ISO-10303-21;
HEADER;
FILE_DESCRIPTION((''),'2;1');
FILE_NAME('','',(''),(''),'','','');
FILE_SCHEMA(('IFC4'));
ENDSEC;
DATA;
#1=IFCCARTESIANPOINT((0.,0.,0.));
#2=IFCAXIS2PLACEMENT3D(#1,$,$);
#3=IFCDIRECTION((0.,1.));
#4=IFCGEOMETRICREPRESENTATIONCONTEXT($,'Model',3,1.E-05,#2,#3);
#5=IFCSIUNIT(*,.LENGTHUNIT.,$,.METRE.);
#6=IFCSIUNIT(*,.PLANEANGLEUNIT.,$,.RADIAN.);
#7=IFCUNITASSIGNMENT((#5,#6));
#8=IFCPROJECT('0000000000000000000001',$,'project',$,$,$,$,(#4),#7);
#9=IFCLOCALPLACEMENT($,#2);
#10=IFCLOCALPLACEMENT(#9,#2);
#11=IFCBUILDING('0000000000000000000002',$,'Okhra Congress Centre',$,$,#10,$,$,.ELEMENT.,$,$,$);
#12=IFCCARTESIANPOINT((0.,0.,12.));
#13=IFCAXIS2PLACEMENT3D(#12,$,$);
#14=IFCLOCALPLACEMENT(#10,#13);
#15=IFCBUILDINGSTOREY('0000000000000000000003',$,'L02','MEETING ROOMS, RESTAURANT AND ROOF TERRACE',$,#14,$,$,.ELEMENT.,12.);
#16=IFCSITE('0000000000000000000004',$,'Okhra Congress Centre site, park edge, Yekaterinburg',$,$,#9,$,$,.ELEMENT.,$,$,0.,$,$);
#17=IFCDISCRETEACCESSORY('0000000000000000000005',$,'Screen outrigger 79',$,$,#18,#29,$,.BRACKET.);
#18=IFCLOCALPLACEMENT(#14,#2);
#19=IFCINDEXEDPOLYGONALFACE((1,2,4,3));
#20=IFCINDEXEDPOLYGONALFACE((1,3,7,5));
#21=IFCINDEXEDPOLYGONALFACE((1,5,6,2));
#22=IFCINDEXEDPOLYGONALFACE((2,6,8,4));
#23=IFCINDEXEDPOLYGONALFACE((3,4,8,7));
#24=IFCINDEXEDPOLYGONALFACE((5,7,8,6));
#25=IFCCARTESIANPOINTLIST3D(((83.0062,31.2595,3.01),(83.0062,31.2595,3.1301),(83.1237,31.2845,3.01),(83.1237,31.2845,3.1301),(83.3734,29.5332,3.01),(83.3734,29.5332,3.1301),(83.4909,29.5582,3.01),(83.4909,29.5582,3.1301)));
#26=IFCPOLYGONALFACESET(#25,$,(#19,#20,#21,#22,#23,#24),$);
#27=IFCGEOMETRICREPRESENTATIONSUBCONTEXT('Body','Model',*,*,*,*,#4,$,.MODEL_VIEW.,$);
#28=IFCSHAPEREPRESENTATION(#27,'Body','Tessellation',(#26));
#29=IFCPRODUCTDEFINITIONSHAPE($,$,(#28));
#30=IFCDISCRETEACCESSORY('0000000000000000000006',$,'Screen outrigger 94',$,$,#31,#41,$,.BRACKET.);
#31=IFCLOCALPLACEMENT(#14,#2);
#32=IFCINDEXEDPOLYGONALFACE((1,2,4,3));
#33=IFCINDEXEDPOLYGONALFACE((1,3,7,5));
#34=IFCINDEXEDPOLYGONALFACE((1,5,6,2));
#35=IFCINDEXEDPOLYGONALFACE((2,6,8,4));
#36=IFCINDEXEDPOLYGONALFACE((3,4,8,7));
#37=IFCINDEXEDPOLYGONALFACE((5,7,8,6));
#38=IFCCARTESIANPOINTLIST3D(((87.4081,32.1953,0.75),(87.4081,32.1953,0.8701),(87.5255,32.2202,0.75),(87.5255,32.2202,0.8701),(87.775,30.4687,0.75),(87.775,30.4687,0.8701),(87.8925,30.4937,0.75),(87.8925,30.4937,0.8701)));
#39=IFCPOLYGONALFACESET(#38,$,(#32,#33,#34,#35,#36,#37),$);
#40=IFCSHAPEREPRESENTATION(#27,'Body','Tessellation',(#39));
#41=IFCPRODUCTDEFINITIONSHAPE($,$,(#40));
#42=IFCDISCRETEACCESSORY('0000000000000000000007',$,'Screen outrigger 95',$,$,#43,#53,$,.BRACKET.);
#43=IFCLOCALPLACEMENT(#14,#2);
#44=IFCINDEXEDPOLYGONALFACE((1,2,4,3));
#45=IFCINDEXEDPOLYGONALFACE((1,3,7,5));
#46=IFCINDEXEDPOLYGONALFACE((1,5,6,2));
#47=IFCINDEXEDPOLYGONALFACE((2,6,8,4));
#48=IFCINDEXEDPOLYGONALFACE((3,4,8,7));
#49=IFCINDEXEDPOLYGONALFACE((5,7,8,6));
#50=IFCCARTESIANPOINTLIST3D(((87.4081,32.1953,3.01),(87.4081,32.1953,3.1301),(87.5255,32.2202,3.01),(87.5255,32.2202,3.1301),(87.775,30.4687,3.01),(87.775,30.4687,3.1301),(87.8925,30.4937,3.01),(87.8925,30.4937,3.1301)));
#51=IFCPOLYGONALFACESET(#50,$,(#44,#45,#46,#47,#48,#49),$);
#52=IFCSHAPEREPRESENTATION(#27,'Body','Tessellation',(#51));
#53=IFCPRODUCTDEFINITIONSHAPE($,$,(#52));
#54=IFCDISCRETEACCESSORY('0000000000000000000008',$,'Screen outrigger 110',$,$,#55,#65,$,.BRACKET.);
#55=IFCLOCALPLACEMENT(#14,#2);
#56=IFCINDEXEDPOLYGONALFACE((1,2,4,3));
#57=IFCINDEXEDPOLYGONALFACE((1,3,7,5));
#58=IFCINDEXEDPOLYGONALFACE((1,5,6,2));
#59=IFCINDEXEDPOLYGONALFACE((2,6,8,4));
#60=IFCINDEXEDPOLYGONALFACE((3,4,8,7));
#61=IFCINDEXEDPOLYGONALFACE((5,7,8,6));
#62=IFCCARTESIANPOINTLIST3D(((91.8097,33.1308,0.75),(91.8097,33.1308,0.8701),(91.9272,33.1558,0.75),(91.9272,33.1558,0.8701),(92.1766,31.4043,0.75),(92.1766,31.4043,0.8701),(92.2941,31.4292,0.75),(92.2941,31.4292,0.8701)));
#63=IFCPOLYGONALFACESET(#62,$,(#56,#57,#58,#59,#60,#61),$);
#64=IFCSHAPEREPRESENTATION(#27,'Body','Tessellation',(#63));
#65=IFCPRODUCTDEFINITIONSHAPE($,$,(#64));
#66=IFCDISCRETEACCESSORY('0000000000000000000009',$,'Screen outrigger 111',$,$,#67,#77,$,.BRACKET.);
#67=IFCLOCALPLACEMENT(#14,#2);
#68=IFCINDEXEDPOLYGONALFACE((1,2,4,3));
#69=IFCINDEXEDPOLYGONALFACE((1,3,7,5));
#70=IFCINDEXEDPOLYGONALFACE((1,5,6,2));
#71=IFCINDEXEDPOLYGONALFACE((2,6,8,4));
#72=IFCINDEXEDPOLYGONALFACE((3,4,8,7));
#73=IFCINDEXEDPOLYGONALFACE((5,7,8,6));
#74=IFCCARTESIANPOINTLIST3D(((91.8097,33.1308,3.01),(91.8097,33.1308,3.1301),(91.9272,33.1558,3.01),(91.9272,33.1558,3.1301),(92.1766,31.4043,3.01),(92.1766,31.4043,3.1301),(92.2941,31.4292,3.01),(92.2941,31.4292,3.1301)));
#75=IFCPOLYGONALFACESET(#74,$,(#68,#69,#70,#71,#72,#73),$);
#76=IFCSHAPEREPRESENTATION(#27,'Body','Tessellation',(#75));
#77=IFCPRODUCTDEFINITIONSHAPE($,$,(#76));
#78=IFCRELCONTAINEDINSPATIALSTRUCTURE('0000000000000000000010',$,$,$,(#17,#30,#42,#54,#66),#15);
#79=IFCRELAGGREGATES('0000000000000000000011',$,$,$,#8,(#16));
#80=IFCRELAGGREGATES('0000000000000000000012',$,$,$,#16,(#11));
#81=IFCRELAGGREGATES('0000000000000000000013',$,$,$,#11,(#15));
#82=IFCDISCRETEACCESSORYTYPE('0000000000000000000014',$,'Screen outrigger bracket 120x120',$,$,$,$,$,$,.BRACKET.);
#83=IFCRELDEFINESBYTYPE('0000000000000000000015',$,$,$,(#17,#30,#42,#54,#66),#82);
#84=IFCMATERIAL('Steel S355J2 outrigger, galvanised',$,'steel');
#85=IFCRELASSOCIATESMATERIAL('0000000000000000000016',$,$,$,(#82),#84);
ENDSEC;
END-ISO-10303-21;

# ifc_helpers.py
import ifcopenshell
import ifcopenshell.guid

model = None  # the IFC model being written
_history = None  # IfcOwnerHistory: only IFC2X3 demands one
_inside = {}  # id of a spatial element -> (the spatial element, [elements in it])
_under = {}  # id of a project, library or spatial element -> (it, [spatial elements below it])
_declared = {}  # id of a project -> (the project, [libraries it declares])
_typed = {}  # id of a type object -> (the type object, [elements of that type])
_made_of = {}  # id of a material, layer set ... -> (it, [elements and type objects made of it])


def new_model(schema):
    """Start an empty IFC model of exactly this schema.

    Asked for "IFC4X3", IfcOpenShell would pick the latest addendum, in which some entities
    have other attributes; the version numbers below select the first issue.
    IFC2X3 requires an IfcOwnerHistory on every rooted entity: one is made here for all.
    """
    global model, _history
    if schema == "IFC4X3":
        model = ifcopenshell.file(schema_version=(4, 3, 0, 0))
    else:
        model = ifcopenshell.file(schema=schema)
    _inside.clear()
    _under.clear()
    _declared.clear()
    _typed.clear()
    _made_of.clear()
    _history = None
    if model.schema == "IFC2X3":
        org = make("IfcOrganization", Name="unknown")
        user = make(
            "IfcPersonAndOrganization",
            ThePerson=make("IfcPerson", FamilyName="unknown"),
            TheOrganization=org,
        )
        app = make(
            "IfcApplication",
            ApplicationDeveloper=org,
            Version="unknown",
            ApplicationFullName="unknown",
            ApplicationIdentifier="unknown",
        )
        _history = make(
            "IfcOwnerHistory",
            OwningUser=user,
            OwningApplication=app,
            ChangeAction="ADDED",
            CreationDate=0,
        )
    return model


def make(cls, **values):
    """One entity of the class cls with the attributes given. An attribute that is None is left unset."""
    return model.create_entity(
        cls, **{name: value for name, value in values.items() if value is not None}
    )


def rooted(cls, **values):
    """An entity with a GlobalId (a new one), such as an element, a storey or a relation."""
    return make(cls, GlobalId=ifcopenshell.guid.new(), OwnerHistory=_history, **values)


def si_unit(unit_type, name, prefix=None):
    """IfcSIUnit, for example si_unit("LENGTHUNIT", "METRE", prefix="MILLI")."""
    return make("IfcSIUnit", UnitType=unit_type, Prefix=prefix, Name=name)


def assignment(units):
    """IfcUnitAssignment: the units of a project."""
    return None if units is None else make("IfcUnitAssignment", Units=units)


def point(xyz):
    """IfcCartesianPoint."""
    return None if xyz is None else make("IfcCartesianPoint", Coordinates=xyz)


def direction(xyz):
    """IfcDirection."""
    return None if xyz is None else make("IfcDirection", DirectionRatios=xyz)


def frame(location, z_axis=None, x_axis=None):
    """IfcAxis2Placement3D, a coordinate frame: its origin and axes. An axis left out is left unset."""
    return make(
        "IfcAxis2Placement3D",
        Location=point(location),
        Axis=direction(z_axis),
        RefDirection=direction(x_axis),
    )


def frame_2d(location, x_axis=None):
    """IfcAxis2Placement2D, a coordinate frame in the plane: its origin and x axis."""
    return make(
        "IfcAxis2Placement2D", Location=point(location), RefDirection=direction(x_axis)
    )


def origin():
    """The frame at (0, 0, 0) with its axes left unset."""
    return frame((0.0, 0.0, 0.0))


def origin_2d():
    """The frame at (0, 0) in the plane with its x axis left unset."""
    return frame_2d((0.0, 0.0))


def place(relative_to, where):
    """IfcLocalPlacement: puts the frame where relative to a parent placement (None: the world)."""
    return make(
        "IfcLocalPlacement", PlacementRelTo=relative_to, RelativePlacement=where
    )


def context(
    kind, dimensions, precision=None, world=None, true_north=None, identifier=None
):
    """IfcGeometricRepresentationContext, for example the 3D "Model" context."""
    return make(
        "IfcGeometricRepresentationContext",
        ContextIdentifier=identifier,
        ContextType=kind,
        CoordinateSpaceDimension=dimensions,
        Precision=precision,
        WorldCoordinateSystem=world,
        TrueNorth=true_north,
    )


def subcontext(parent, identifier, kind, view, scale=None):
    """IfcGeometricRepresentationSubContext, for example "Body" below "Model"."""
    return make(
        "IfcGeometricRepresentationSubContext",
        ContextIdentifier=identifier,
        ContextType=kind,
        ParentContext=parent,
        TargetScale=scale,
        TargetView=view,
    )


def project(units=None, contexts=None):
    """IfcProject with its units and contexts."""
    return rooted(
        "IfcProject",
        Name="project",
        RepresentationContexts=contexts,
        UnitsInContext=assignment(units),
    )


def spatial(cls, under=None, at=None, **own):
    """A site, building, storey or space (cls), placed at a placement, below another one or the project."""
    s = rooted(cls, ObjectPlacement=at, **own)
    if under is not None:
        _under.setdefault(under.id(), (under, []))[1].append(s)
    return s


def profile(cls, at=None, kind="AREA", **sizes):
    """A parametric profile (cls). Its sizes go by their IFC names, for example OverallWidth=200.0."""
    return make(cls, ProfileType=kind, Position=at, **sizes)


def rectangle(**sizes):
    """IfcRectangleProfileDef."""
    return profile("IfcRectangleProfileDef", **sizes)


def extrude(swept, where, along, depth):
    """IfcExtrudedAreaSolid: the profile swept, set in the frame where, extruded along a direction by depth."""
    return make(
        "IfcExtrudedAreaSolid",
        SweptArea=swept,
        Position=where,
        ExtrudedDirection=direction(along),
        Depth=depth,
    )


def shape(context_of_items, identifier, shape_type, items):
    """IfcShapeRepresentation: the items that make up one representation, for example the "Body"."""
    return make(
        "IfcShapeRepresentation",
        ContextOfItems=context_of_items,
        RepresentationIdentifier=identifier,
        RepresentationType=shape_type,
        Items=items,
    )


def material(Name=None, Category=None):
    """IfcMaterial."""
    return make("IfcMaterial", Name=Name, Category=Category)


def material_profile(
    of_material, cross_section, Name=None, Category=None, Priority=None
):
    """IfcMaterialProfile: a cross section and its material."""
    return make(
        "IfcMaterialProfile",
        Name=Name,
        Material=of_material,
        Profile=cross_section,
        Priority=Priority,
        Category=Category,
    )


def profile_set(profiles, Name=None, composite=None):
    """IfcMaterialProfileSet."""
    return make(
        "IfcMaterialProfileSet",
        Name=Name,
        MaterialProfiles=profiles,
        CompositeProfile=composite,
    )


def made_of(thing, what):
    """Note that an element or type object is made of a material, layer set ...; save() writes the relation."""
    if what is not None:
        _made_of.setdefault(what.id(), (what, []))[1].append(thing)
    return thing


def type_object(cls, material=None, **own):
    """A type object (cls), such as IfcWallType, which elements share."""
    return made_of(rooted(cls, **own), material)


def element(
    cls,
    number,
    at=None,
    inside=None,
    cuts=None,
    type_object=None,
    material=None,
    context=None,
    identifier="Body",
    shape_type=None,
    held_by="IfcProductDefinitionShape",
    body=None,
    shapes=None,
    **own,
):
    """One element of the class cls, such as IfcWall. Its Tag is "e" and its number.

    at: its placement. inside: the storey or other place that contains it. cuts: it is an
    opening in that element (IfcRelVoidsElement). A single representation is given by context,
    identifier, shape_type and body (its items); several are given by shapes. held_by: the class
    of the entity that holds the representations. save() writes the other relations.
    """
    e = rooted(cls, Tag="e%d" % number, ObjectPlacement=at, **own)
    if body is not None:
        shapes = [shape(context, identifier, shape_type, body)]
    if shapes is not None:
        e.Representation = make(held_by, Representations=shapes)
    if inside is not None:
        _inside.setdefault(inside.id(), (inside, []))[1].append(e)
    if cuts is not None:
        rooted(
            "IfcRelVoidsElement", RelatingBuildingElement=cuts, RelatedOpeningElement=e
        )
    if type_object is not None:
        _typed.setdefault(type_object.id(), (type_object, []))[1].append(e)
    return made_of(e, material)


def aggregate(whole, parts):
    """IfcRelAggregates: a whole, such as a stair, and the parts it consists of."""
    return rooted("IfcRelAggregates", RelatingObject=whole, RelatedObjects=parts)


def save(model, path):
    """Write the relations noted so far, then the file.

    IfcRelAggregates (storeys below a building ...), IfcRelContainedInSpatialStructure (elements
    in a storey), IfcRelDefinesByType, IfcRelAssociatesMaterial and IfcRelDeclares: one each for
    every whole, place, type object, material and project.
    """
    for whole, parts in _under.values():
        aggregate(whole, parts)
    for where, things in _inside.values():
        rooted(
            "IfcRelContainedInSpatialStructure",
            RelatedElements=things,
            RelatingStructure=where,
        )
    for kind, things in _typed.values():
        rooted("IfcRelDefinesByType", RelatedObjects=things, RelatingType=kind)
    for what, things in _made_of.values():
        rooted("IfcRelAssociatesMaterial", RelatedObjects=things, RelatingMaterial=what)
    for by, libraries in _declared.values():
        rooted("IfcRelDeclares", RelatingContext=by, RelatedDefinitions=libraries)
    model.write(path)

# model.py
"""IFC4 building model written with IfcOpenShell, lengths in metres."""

from ifc_helpers import new_model, si_unit, direction, frame, origin, origin_2d, place, context, subcontext, project, spatial, rectangle, extrude, material, material_profile, profile_set, type_object, element, save


model = new_model("IFC4")

# Units and contexts
model_context = context("Model", 3, precision=1e-05, world=origin(), true_north=direction((0.0, 1.0)))
body_context = subcontext(model_context, "Body", "Model", "MODEL_VIEW")
ifc_project = project(units=[si_unit("LENGTHUNIT", "METRE"), si_unit("PLANEANGLEUNIT", "RADIAN")], contexts=[model_context])

# Site, building, storey
site_placement = place(None, origin())
site = spatial("IfcSite", under=ifc_project, at=site_placement, Name="Okhra Congress Centre site, park edge, Yekaterinburg", CompositionType="ELEMENT", RefElevation=0.0)
building_placement = place(site_placement, origin())
building = spatial("IfcBuilding", under=site, at=building_placement, Name="Okhra Congress Centre", CompositionType="ELEMENT")
storey_placement = place(building_placement, frame((0.0, 0.0, 12.0)))
storey = spatial("IfcBuildingStorey", under=building, at=storey_placement, Name="L02", Description="MEETING ROOMS, RESTAURANT AND ROOF TERRACE", CompositionType="ELEMENT", Elevation=12.0)

# Discrete accessories
ifc_material_1 = material(Name="Steel S355J2 outrigger, galvanised", Category="steel")
ifc_material_profile_1 = material_profile(ifc_material_1, rectangle(XDim=0.1201, YDim=0.1201, at=origin_2d()), Name="Screen outrigger bracket 120x120")
ifc_profile_set_1 = profile_set([ifc_material_profile_1], Name="Steel S355J2 outrigger, galvanised")
discrete_accessory_type = type_object("IfcDiscreteAccessoryType", Name="Screen outrigger bracket 120x120", PredefinedType="BRACKET", material=ifc_profile_set_1)
for number, where, z_axis, x_axis, name in (
    (1, (83.0649, 31.272, 3.0701), (0.208046, -0.978119, 0.0), (0.978119, 0.208046, 0.0), "Screen outrigger 79"),
):
    element("IfcDiscreteAccessory", number, at=place(storey_placement, frame(where, z_axis=z_axis, x_axis=x_axis)), inside=storey, type_object=discrete_accessory_type, Name=name, PredefinedType="BRACKET", context=body_context, shape_type="SweptSolid", body=[
        extrude(rectangle(XDim=0.1201, YDim=0.1201, at=origin_2d()), origin(), (0.0, 0.0, 1.0), 1.7649),
    ])
for number, where, z_axis, x_axis, name in (
    (2, (87.4668, 32.2078, 0.8101), (0.207885, -0.978153, 0.0), (0.978153, 0.207885, 0.0), "Screen outrigger 94"),
    (3, (87.4668, 32.2078, 3.0701), (0.207885, -0.978153, 0.0), (0.978153, 0.207885, 0.0), "Screen outrigger 95"),
    (4, (91.8684, 33.1433, 0.8101), (0.207885, -0.978153, 0.0), (0.978153, 0.207885, 0.0), "Screen outrigger 110"),
    (5, (91.8684, 33.1433, 3.0701), (0.207885, -0.978153, 0.0), (0.978153, 0.207885, 0.0), "Screen outrigger 111"),
):
    element("IfcDiscreteAccessory", number, at=place(storey_placement, frame(where, z_axis=z_axis, x_axis=x_axis)), inside=storey, type_object=discrete_accessory_type, Name=name, PredefinedType="BRACKET", context=body_context, shape_type="SweptSolid", body=[
        extrude(rectangle(XDim=0.1201, YDim=0.1201, at=origin_2d()), origin(), (0.0, 0.0, 1.0), 1.7651),
    ])

save(model, "model.ifc")
